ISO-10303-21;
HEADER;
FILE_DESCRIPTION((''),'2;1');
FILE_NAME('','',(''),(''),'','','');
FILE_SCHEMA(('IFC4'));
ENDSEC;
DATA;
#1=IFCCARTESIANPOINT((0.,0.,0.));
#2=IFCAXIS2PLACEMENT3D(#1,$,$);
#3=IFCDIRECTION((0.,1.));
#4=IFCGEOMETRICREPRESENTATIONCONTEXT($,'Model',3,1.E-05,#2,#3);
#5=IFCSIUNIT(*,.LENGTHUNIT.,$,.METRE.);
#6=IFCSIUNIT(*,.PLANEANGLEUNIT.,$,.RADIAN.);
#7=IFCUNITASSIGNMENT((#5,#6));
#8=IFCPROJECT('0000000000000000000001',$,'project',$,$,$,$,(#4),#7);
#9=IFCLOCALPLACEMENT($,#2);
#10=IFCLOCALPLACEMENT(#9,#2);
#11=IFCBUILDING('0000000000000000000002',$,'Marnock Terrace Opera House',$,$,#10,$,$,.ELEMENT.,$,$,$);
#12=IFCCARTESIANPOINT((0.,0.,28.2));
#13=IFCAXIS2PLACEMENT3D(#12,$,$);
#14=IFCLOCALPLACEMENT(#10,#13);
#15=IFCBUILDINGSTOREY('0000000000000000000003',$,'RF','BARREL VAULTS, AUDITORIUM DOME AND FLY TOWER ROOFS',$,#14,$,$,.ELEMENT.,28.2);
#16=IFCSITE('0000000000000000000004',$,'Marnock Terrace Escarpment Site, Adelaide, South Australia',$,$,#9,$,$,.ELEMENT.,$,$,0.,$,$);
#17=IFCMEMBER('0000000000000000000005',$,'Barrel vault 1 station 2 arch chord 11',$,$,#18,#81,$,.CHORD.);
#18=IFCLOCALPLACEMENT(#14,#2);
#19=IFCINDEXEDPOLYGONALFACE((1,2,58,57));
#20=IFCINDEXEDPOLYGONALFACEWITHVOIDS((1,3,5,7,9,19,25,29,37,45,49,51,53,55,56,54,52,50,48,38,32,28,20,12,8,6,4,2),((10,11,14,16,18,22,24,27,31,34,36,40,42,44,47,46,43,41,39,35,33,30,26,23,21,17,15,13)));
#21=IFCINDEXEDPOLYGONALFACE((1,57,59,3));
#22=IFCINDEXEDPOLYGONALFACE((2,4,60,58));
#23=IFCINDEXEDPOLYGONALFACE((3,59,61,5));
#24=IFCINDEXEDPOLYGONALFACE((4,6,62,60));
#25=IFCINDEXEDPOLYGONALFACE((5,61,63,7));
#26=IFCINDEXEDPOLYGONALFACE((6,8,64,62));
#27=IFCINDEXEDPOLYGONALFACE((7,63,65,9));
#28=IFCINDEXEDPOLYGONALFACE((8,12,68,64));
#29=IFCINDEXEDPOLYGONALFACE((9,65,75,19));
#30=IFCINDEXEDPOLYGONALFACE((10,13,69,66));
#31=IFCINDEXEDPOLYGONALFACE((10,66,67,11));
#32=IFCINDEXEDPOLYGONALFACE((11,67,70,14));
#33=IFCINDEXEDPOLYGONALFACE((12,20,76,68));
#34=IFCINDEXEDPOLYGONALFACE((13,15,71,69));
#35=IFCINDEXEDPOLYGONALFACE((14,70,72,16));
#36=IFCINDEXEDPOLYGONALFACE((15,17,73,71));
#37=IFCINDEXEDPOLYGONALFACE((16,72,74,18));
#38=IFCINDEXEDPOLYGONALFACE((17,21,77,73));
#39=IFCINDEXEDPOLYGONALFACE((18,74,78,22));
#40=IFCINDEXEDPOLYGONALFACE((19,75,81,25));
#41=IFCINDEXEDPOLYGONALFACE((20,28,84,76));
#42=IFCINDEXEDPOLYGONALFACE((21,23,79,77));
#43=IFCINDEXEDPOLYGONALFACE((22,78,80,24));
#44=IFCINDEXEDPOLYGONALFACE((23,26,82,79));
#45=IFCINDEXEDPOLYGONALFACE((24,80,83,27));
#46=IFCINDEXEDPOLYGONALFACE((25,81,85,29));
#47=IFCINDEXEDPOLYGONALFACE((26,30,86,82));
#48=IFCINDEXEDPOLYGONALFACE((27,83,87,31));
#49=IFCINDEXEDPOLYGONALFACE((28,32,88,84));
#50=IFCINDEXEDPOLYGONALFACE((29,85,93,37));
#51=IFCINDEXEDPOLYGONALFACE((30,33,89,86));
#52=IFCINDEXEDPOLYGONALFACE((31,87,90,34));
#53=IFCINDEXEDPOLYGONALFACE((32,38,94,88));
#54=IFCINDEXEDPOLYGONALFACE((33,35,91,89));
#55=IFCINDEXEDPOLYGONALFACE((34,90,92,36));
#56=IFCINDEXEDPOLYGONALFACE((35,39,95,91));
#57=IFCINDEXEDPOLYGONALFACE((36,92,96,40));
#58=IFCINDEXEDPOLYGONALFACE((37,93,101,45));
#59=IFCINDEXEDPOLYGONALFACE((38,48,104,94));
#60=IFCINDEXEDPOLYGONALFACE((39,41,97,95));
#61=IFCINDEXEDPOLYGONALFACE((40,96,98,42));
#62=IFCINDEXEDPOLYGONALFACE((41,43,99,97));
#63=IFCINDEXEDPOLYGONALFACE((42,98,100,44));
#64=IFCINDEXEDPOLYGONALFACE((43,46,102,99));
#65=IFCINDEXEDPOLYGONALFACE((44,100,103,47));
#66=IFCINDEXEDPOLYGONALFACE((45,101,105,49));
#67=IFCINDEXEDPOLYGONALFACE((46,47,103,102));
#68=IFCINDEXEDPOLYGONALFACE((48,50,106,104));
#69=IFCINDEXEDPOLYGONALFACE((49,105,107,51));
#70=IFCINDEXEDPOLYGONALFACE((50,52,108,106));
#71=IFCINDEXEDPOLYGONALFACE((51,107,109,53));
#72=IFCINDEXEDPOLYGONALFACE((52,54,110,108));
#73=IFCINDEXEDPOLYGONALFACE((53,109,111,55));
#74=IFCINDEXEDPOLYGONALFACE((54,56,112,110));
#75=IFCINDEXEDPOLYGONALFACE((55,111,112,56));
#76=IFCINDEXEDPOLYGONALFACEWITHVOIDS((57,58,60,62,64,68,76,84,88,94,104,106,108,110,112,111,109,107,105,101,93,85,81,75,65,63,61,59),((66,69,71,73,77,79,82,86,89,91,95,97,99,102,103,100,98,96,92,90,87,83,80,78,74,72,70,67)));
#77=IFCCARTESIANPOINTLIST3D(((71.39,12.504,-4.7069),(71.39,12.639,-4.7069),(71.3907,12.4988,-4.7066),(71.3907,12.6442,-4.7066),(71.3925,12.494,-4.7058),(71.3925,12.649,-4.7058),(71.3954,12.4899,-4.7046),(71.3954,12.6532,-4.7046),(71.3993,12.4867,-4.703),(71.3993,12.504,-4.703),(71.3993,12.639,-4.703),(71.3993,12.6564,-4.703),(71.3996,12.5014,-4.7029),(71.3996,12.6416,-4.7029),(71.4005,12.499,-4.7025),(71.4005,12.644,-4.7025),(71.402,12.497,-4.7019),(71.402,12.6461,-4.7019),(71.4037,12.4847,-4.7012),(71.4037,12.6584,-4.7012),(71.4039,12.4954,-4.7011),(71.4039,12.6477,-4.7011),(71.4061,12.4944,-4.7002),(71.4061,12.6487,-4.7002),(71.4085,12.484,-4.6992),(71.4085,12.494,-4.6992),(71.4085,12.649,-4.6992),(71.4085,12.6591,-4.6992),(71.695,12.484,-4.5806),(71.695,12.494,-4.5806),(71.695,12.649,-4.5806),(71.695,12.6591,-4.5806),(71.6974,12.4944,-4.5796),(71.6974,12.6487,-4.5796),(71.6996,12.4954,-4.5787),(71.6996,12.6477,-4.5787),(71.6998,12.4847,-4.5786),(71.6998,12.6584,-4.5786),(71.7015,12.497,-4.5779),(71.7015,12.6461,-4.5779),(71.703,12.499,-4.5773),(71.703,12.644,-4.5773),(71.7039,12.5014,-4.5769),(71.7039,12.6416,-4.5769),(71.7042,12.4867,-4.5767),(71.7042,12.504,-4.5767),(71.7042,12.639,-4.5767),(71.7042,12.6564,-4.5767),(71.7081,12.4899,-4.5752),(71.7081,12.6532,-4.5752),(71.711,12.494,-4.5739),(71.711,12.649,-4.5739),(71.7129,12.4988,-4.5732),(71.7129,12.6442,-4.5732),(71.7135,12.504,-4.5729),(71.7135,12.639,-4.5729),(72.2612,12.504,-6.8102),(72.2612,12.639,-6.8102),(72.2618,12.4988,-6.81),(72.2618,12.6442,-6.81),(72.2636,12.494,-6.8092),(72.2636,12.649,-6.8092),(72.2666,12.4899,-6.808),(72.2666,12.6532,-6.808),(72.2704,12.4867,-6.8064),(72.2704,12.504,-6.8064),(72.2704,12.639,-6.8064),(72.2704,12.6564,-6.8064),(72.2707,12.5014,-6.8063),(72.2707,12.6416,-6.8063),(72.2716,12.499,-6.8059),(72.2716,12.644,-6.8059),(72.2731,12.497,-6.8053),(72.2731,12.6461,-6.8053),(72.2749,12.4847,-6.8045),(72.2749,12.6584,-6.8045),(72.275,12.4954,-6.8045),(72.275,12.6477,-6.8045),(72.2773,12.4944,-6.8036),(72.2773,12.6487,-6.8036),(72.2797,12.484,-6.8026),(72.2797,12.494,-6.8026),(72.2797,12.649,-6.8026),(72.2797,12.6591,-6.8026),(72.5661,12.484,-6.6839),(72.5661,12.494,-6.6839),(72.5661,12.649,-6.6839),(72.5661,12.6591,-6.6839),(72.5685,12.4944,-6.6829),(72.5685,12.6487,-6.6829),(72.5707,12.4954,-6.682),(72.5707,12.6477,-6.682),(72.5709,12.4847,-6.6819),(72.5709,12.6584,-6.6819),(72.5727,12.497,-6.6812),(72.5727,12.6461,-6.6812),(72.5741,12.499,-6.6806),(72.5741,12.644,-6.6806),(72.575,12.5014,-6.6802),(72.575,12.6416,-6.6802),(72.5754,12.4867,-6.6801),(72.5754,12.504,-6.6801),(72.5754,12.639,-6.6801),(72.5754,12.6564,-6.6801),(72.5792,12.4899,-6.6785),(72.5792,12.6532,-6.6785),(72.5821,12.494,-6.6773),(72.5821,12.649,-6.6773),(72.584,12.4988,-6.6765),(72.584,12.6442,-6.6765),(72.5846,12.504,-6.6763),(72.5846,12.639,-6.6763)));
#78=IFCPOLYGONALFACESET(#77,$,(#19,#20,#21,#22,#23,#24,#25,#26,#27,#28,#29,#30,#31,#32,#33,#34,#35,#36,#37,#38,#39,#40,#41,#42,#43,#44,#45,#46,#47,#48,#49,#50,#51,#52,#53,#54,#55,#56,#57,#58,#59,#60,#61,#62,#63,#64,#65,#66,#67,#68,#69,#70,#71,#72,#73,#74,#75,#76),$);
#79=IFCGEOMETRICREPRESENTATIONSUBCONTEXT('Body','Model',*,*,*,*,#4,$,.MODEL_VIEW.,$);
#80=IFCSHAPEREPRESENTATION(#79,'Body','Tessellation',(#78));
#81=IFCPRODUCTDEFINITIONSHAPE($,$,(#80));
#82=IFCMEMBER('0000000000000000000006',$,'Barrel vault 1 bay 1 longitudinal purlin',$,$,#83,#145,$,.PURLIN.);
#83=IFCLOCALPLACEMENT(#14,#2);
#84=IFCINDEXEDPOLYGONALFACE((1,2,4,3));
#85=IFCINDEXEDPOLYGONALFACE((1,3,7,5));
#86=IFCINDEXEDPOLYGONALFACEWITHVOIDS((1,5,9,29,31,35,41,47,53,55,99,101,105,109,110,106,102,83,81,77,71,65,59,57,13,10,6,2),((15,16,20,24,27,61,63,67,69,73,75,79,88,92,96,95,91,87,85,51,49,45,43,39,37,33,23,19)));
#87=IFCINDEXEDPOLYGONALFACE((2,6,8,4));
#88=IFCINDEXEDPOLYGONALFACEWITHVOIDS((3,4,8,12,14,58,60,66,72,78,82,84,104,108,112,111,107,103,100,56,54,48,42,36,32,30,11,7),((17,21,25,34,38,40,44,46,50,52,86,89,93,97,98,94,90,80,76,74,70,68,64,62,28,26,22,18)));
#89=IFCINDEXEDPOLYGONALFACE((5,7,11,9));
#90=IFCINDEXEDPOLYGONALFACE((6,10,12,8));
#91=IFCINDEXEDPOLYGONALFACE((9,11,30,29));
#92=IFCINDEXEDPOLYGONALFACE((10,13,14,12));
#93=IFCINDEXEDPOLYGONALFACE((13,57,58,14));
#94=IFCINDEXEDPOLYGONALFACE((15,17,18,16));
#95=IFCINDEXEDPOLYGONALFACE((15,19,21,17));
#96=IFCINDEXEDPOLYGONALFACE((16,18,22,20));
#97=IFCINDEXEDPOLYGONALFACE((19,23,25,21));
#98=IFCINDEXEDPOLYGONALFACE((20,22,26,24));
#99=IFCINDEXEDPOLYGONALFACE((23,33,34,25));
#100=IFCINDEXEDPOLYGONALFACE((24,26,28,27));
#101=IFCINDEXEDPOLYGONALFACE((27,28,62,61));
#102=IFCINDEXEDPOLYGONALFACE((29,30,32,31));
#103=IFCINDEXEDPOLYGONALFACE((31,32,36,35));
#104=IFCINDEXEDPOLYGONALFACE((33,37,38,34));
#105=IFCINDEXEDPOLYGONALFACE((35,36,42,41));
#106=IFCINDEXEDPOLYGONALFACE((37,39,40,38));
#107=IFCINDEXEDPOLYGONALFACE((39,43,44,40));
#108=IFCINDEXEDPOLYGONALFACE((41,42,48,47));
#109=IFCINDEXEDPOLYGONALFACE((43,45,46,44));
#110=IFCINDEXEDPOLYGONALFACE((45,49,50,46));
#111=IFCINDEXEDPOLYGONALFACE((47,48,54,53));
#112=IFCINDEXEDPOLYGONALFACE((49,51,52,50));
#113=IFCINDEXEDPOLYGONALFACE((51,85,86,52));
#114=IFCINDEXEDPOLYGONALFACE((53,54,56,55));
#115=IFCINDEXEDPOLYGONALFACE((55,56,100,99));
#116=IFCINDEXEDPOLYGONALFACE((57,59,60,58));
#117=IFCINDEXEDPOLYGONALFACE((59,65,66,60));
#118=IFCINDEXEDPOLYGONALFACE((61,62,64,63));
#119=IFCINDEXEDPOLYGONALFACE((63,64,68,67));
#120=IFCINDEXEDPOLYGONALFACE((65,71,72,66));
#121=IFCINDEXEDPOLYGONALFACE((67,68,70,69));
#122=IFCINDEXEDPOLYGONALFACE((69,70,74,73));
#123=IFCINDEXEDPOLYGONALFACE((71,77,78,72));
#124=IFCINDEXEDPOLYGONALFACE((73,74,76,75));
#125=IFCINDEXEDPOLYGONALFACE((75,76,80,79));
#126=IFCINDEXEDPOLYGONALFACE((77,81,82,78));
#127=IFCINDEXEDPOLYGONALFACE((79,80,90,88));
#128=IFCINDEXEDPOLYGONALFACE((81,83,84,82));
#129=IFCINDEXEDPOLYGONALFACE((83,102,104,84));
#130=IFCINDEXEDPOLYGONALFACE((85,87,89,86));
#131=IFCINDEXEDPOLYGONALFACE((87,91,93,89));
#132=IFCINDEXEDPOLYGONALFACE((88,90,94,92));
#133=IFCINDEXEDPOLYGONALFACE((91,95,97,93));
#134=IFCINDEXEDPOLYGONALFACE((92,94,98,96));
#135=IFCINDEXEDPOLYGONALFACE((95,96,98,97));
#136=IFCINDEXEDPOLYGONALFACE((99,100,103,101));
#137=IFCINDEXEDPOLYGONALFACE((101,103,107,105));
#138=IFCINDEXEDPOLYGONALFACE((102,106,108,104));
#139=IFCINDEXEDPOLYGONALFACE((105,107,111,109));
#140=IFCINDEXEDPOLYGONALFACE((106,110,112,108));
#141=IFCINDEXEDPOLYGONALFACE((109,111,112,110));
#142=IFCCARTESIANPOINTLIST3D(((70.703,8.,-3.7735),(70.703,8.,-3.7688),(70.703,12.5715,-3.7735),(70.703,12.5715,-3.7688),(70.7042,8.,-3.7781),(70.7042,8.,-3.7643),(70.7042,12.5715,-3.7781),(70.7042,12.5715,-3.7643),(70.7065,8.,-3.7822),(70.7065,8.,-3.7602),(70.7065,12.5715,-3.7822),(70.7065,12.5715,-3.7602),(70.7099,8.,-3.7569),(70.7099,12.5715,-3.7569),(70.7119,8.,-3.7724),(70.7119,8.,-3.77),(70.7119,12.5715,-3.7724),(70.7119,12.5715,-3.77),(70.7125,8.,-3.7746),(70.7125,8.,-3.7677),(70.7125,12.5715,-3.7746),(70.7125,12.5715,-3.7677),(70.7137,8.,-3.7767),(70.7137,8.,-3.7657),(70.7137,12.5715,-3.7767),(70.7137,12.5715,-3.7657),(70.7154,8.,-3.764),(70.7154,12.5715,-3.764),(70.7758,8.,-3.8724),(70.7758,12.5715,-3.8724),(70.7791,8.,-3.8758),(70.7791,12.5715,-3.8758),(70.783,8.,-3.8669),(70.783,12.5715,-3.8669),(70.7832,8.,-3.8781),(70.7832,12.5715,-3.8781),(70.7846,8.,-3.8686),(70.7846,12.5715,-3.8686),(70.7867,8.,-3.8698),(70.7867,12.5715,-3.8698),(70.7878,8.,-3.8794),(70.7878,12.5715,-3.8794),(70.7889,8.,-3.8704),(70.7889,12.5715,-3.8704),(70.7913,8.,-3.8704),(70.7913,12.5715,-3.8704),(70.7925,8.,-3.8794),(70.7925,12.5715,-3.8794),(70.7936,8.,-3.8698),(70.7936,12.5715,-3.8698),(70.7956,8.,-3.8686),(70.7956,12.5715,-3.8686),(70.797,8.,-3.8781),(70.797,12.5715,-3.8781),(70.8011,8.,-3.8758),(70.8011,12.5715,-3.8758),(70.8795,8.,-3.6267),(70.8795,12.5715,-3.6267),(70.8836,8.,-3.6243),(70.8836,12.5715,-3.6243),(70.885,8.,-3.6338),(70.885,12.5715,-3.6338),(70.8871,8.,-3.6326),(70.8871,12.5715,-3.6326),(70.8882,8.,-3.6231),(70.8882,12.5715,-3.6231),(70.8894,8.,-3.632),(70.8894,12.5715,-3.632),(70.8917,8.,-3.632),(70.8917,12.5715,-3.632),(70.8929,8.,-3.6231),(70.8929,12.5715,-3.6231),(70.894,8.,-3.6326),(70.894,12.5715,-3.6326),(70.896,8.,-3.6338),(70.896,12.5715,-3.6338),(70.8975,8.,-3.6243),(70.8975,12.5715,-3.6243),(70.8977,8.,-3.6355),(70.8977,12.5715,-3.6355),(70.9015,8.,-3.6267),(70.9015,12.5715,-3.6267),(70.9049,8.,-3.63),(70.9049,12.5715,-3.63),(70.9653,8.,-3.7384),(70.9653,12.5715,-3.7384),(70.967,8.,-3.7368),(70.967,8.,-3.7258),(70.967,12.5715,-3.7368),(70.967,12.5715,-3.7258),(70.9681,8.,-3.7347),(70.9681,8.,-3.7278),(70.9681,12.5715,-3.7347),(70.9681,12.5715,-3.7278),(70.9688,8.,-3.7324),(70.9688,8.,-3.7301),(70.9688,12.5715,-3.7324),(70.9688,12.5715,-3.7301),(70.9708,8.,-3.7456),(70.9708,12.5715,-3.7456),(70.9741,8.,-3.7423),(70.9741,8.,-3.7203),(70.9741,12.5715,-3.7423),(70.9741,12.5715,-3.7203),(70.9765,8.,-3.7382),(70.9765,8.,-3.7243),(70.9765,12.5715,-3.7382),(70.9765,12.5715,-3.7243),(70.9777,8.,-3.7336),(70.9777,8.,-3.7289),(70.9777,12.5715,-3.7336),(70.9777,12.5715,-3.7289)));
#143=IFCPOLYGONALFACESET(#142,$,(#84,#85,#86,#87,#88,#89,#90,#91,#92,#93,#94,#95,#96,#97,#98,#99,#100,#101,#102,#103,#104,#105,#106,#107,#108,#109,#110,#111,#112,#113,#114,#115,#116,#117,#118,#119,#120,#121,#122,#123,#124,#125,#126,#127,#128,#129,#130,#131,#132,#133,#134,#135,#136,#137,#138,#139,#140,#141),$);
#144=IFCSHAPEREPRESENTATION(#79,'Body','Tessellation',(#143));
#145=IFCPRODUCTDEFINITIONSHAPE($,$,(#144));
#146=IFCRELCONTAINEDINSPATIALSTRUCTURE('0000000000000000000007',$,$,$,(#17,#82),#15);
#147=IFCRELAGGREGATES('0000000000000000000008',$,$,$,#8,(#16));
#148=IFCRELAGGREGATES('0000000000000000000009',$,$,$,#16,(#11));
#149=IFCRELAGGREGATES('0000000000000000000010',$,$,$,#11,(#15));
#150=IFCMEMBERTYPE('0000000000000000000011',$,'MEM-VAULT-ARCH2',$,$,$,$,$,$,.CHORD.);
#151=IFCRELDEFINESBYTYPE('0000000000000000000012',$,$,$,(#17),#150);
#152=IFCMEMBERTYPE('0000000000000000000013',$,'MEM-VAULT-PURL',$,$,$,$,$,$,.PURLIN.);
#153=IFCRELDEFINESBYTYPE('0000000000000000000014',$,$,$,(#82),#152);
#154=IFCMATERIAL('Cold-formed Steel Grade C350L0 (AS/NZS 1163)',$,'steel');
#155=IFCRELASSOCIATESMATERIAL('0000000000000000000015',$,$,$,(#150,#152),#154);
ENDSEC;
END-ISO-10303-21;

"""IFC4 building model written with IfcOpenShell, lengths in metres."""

from ifc_helpers import new_model, si_unit, direction, frame, origin, origin_2d, place, context, subcontext, project, spatial, hollow_rectangle, extrude, material, material_profile, profile_set, type_object, element, save


model = new_model("IFC4")

# Units and contexts
model_context = context("Model", 3, precision=1e-05, world=origin(), true_north=direction((0.0, 1.0)))
body_context = subcontext(model_context, "Body", "Model", "MODEL_VIEW")
ifc_project = project(units=[si_unit("LENGTHUNIT", "METRE"), si_unit("PLANEANGLEUNIT", "RADIAN")], contexts=[model_context])

# Site, building, storey
site_placement = place(None, origin())
site = spatial("IfcSite", under=ifc_project, at=site_placement, Name="Marnock Terrace Escarpment Site, Adelaide, South Australia", CompositionType="ELEMENT", RefElevation=0.0)
building_placement = place(site_placement, origin())
building = spatial("IfcBuilding", under=site, at=building_placement, Name="Marnock Terrace Opera House", CompositionType="ELEMENT")
storey_placement = place(building_placement, frame((0.0, 0.0, 28.2)))
storey = spatial("IfcBuildingStorey", under=building, at=storey_placement, Name="RF", Description="BARREL VAULTS, AUDITORIUM DOME AND FLY TOWER ROOFS", CompositionType="ELEMENT", Elevation=28.2)

# Members
ifc_material_1 = material(Name="Cold-formed Steel Grade C350L0 (AS/NZS 1163)", Category="steel")
ifc_material_profile_1 = material_profile(ifc_material_1, hollow_rectangle(XDim=0.175, YDim=0.3501, WallThickness=0.01, InnerFilletRadius=0.01, OuterFilletRadius=0.02, at=origin_2d()))
ifc_profile_set_1 = profile_set([ifc_material_profile_1], Name="Cold-formed Steel Grade C350L0 (AS/NZS 1163)")
member_type_1 = type_object("IfcMemberType", Name="MEM-VAULT-ARCH2", PredefinedType="CHORD", material=ifc_profile_set_1)
member_1_placement = place(storey_placement, frame((71.5518, 12.5715, -4.6399), z_axis=(0.382642, 0.0, -0.923897), x_axis=(0.0, 1.0, 0.0)))
element("IfcMember", 1, at=member_1_placement, inside=storey, type_object=member_type_1, Name="Barrel vault 1 station 2 arch chord 11", PredefinedType="CHORD", context=body_context, shape_type="SweptSolid", body=[
    extrude(hollow_rectangle(XDim=0.175, YDim=0.3501, WallThickness=0.01, InnerFilletRadius=0.01, OuterFilletRadius=0.02, at=origin_2d()), origin(), (0.0, 0.0, 1.0), 2.2766),
])
ifc_material_profile_2 = material_profile(ifc_material_1, hollow_rectangle(XDim=0.1499, YDim=0.25, WallThickness=0.009, InnerFilletRadius=0.009, OuterFilletRadius=0.0181, at=origin_2d()))
ifc_profile_set_2 = profile_set([ifc_material_profile_2], Name="Cold-formed Steel Grade C350L0 (AS/NZS 1163)")
member_type_2 = type_object("IfcMemberType", Name="MEM-VAULT-PURL", PredefinedType="PURLIN", material=ifc_profile_set_2)
member_2_placement = place(storey_placement, frame((70.8403, 8.0, -3.7512), z_axis=(0.0, 1.0, 0.0), x_axis=(-0.608761, 0.0, 0.793353)))
element("IfcMember", 2, at=member_2_placement, inside=storey, type_object=member_type_2, Name="Barrel vault 1 bay 1 longitudinal purlin", PredefinedType="PURLIN", context=body_context, shape_type="SweptSolid", body=[
    extrude(hollow_rectangle(XDim=0.1499, YDim=0.25, WallThickness=0.009, InnerFilletRadius=0.009, OuterFilletRadius=0.0181, at=origin_2d()), origin(), (0.0, 0.0, 1.0), 4.5715),
])

save(model, "model.ifc")
